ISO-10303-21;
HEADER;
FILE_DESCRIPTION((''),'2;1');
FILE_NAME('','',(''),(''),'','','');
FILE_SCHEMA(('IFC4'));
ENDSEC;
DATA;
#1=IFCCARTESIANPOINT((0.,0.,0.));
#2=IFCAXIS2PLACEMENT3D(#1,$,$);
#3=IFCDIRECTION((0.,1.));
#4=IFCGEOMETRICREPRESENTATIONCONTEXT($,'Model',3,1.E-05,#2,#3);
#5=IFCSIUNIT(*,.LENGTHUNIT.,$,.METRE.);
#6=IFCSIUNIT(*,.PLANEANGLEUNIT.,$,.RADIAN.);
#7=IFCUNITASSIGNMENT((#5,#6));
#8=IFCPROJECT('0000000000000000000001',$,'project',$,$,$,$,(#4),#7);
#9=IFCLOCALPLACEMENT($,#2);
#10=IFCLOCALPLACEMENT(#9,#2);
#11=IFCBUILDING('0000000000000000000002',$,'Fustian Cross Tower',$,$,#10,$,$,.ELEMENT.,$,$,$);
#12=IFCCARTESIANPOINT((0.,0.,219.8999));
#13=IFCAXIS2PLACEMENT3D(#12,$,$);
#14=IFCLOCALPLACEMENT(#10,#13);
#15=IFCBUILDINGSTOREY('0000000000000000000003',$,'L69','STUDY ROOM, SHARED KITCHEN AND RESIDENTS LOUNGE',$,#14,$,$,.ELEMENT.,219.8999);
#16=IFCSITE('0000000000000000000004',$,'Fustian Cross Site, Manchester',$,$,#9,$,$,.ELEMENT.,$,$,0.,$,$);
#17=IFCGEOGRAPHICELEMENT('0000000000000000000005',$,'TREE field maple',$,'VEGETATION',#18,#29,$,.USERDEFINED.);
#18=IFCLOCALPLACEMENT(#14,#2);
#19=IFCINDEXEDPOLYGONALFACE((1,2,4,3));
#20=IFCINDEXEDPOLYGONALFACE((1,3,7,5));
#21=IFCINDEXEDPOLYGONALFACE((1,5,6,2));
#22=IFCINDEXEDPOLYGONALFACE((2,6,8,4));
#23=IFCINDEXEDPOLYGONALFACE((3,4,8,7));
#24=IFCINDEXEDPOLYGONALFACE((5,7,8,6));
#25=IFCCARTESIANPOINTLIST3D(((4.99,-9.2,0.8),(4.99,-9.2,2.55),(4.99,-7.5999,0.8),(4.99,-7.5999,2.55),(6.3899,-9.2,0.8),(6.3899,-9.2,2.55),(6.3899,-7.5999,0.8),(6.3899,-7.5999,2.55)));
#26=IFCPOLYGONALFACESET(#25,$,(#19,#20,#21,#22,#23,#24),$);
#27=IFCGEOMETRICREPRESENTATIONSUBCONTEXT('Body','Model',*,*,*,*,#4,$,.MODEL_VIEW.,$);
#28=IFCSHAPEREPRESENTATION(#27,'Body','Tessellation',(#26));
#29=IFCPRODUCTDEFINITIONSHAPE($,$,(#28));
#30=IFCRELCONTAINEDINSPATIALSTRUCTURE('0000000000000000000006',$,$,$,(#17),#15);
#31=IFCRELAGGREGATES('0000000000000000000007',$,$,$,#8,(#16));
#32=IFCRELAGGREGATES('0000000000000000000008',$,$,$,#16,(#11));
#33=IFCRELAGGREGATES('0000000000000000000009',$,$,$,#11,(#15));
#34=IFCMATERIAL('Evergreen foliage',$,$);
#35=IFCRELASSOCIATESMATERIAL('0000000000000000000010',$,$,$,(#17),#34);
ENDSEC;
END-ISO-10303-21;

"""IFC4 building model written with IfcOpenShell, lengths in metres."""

from ifc_helpers import new_model, si_unit, direction, frame, origin, origin_2d, place, context, subcontext, project, spatial, rectangle, extrude, material, element, save


model = new_model("IFC4")

# Units and contexts
model_context = context("Model", 3, precision=1e-05, world=origin(), true_north=direction((0.0, 1.0)))
body_context = subcontext(model_context, "Body", "Model", "MODEL_VIEW")
ifc_project = project(units=[si_unit("LENGTHUNIT", "METRE"), si_unit("PLANEANGLEUNIT", "RADIAN")], contexts=[model_context])

# Site, building, storey
site_placement = place(None, origin())
site = spatial("IfcSite", under=ifc_project, at=site_placement, Name="Fustian Cross Site, Manchester", CompositionType="ELEMENT", RefElevation=0.0)
building_placement = place(site_placement, origin())
building = spatial("IfcBuilding", under=site, at=building_placement, Name="Fustian Cross Tower", CompositionType="ELEMENT")
storey_placement = place(building_placement, frame((0.0, 0.0, 219.8999)))
storey = spatial("IfcBuildingStorey", under=building, at=storey_placement, Name="L69", Description="STUDY ROOM, SHARED KITCHEN AND RESIDENTS LOUNGE", CompositionType="ELEMENT", Elevation=219.8999)

# Geographic element
ifc_material_1 = material(Name="Evergreen foliage")
for number, where, z_axis, x_axis, name in (
    (1, (5.6899, -8.3999, 0.8), (0.0, 0.0, 1.0), (1.0, 0.0, 0.0), "TREE field maple"),
):
    element("IfcGeographicElement", number, at=place(storey_placement, frame(where, z_axis=z_axis, x_axis=x_axis)), inside=storey, material=ifc_material_1, Name=name, ObjectType="VEGETATION", PredefinedType="USERDEFINED", context=body_context, shape_type="SweptSolid", body=[
        extrude(rectangle(XDim=1.3999, YDim=1.6001, at=origin_2d()), origin(), (0.0, 0.0, 1.0), 1.75),
    ])

save(model, "model.ifc")
